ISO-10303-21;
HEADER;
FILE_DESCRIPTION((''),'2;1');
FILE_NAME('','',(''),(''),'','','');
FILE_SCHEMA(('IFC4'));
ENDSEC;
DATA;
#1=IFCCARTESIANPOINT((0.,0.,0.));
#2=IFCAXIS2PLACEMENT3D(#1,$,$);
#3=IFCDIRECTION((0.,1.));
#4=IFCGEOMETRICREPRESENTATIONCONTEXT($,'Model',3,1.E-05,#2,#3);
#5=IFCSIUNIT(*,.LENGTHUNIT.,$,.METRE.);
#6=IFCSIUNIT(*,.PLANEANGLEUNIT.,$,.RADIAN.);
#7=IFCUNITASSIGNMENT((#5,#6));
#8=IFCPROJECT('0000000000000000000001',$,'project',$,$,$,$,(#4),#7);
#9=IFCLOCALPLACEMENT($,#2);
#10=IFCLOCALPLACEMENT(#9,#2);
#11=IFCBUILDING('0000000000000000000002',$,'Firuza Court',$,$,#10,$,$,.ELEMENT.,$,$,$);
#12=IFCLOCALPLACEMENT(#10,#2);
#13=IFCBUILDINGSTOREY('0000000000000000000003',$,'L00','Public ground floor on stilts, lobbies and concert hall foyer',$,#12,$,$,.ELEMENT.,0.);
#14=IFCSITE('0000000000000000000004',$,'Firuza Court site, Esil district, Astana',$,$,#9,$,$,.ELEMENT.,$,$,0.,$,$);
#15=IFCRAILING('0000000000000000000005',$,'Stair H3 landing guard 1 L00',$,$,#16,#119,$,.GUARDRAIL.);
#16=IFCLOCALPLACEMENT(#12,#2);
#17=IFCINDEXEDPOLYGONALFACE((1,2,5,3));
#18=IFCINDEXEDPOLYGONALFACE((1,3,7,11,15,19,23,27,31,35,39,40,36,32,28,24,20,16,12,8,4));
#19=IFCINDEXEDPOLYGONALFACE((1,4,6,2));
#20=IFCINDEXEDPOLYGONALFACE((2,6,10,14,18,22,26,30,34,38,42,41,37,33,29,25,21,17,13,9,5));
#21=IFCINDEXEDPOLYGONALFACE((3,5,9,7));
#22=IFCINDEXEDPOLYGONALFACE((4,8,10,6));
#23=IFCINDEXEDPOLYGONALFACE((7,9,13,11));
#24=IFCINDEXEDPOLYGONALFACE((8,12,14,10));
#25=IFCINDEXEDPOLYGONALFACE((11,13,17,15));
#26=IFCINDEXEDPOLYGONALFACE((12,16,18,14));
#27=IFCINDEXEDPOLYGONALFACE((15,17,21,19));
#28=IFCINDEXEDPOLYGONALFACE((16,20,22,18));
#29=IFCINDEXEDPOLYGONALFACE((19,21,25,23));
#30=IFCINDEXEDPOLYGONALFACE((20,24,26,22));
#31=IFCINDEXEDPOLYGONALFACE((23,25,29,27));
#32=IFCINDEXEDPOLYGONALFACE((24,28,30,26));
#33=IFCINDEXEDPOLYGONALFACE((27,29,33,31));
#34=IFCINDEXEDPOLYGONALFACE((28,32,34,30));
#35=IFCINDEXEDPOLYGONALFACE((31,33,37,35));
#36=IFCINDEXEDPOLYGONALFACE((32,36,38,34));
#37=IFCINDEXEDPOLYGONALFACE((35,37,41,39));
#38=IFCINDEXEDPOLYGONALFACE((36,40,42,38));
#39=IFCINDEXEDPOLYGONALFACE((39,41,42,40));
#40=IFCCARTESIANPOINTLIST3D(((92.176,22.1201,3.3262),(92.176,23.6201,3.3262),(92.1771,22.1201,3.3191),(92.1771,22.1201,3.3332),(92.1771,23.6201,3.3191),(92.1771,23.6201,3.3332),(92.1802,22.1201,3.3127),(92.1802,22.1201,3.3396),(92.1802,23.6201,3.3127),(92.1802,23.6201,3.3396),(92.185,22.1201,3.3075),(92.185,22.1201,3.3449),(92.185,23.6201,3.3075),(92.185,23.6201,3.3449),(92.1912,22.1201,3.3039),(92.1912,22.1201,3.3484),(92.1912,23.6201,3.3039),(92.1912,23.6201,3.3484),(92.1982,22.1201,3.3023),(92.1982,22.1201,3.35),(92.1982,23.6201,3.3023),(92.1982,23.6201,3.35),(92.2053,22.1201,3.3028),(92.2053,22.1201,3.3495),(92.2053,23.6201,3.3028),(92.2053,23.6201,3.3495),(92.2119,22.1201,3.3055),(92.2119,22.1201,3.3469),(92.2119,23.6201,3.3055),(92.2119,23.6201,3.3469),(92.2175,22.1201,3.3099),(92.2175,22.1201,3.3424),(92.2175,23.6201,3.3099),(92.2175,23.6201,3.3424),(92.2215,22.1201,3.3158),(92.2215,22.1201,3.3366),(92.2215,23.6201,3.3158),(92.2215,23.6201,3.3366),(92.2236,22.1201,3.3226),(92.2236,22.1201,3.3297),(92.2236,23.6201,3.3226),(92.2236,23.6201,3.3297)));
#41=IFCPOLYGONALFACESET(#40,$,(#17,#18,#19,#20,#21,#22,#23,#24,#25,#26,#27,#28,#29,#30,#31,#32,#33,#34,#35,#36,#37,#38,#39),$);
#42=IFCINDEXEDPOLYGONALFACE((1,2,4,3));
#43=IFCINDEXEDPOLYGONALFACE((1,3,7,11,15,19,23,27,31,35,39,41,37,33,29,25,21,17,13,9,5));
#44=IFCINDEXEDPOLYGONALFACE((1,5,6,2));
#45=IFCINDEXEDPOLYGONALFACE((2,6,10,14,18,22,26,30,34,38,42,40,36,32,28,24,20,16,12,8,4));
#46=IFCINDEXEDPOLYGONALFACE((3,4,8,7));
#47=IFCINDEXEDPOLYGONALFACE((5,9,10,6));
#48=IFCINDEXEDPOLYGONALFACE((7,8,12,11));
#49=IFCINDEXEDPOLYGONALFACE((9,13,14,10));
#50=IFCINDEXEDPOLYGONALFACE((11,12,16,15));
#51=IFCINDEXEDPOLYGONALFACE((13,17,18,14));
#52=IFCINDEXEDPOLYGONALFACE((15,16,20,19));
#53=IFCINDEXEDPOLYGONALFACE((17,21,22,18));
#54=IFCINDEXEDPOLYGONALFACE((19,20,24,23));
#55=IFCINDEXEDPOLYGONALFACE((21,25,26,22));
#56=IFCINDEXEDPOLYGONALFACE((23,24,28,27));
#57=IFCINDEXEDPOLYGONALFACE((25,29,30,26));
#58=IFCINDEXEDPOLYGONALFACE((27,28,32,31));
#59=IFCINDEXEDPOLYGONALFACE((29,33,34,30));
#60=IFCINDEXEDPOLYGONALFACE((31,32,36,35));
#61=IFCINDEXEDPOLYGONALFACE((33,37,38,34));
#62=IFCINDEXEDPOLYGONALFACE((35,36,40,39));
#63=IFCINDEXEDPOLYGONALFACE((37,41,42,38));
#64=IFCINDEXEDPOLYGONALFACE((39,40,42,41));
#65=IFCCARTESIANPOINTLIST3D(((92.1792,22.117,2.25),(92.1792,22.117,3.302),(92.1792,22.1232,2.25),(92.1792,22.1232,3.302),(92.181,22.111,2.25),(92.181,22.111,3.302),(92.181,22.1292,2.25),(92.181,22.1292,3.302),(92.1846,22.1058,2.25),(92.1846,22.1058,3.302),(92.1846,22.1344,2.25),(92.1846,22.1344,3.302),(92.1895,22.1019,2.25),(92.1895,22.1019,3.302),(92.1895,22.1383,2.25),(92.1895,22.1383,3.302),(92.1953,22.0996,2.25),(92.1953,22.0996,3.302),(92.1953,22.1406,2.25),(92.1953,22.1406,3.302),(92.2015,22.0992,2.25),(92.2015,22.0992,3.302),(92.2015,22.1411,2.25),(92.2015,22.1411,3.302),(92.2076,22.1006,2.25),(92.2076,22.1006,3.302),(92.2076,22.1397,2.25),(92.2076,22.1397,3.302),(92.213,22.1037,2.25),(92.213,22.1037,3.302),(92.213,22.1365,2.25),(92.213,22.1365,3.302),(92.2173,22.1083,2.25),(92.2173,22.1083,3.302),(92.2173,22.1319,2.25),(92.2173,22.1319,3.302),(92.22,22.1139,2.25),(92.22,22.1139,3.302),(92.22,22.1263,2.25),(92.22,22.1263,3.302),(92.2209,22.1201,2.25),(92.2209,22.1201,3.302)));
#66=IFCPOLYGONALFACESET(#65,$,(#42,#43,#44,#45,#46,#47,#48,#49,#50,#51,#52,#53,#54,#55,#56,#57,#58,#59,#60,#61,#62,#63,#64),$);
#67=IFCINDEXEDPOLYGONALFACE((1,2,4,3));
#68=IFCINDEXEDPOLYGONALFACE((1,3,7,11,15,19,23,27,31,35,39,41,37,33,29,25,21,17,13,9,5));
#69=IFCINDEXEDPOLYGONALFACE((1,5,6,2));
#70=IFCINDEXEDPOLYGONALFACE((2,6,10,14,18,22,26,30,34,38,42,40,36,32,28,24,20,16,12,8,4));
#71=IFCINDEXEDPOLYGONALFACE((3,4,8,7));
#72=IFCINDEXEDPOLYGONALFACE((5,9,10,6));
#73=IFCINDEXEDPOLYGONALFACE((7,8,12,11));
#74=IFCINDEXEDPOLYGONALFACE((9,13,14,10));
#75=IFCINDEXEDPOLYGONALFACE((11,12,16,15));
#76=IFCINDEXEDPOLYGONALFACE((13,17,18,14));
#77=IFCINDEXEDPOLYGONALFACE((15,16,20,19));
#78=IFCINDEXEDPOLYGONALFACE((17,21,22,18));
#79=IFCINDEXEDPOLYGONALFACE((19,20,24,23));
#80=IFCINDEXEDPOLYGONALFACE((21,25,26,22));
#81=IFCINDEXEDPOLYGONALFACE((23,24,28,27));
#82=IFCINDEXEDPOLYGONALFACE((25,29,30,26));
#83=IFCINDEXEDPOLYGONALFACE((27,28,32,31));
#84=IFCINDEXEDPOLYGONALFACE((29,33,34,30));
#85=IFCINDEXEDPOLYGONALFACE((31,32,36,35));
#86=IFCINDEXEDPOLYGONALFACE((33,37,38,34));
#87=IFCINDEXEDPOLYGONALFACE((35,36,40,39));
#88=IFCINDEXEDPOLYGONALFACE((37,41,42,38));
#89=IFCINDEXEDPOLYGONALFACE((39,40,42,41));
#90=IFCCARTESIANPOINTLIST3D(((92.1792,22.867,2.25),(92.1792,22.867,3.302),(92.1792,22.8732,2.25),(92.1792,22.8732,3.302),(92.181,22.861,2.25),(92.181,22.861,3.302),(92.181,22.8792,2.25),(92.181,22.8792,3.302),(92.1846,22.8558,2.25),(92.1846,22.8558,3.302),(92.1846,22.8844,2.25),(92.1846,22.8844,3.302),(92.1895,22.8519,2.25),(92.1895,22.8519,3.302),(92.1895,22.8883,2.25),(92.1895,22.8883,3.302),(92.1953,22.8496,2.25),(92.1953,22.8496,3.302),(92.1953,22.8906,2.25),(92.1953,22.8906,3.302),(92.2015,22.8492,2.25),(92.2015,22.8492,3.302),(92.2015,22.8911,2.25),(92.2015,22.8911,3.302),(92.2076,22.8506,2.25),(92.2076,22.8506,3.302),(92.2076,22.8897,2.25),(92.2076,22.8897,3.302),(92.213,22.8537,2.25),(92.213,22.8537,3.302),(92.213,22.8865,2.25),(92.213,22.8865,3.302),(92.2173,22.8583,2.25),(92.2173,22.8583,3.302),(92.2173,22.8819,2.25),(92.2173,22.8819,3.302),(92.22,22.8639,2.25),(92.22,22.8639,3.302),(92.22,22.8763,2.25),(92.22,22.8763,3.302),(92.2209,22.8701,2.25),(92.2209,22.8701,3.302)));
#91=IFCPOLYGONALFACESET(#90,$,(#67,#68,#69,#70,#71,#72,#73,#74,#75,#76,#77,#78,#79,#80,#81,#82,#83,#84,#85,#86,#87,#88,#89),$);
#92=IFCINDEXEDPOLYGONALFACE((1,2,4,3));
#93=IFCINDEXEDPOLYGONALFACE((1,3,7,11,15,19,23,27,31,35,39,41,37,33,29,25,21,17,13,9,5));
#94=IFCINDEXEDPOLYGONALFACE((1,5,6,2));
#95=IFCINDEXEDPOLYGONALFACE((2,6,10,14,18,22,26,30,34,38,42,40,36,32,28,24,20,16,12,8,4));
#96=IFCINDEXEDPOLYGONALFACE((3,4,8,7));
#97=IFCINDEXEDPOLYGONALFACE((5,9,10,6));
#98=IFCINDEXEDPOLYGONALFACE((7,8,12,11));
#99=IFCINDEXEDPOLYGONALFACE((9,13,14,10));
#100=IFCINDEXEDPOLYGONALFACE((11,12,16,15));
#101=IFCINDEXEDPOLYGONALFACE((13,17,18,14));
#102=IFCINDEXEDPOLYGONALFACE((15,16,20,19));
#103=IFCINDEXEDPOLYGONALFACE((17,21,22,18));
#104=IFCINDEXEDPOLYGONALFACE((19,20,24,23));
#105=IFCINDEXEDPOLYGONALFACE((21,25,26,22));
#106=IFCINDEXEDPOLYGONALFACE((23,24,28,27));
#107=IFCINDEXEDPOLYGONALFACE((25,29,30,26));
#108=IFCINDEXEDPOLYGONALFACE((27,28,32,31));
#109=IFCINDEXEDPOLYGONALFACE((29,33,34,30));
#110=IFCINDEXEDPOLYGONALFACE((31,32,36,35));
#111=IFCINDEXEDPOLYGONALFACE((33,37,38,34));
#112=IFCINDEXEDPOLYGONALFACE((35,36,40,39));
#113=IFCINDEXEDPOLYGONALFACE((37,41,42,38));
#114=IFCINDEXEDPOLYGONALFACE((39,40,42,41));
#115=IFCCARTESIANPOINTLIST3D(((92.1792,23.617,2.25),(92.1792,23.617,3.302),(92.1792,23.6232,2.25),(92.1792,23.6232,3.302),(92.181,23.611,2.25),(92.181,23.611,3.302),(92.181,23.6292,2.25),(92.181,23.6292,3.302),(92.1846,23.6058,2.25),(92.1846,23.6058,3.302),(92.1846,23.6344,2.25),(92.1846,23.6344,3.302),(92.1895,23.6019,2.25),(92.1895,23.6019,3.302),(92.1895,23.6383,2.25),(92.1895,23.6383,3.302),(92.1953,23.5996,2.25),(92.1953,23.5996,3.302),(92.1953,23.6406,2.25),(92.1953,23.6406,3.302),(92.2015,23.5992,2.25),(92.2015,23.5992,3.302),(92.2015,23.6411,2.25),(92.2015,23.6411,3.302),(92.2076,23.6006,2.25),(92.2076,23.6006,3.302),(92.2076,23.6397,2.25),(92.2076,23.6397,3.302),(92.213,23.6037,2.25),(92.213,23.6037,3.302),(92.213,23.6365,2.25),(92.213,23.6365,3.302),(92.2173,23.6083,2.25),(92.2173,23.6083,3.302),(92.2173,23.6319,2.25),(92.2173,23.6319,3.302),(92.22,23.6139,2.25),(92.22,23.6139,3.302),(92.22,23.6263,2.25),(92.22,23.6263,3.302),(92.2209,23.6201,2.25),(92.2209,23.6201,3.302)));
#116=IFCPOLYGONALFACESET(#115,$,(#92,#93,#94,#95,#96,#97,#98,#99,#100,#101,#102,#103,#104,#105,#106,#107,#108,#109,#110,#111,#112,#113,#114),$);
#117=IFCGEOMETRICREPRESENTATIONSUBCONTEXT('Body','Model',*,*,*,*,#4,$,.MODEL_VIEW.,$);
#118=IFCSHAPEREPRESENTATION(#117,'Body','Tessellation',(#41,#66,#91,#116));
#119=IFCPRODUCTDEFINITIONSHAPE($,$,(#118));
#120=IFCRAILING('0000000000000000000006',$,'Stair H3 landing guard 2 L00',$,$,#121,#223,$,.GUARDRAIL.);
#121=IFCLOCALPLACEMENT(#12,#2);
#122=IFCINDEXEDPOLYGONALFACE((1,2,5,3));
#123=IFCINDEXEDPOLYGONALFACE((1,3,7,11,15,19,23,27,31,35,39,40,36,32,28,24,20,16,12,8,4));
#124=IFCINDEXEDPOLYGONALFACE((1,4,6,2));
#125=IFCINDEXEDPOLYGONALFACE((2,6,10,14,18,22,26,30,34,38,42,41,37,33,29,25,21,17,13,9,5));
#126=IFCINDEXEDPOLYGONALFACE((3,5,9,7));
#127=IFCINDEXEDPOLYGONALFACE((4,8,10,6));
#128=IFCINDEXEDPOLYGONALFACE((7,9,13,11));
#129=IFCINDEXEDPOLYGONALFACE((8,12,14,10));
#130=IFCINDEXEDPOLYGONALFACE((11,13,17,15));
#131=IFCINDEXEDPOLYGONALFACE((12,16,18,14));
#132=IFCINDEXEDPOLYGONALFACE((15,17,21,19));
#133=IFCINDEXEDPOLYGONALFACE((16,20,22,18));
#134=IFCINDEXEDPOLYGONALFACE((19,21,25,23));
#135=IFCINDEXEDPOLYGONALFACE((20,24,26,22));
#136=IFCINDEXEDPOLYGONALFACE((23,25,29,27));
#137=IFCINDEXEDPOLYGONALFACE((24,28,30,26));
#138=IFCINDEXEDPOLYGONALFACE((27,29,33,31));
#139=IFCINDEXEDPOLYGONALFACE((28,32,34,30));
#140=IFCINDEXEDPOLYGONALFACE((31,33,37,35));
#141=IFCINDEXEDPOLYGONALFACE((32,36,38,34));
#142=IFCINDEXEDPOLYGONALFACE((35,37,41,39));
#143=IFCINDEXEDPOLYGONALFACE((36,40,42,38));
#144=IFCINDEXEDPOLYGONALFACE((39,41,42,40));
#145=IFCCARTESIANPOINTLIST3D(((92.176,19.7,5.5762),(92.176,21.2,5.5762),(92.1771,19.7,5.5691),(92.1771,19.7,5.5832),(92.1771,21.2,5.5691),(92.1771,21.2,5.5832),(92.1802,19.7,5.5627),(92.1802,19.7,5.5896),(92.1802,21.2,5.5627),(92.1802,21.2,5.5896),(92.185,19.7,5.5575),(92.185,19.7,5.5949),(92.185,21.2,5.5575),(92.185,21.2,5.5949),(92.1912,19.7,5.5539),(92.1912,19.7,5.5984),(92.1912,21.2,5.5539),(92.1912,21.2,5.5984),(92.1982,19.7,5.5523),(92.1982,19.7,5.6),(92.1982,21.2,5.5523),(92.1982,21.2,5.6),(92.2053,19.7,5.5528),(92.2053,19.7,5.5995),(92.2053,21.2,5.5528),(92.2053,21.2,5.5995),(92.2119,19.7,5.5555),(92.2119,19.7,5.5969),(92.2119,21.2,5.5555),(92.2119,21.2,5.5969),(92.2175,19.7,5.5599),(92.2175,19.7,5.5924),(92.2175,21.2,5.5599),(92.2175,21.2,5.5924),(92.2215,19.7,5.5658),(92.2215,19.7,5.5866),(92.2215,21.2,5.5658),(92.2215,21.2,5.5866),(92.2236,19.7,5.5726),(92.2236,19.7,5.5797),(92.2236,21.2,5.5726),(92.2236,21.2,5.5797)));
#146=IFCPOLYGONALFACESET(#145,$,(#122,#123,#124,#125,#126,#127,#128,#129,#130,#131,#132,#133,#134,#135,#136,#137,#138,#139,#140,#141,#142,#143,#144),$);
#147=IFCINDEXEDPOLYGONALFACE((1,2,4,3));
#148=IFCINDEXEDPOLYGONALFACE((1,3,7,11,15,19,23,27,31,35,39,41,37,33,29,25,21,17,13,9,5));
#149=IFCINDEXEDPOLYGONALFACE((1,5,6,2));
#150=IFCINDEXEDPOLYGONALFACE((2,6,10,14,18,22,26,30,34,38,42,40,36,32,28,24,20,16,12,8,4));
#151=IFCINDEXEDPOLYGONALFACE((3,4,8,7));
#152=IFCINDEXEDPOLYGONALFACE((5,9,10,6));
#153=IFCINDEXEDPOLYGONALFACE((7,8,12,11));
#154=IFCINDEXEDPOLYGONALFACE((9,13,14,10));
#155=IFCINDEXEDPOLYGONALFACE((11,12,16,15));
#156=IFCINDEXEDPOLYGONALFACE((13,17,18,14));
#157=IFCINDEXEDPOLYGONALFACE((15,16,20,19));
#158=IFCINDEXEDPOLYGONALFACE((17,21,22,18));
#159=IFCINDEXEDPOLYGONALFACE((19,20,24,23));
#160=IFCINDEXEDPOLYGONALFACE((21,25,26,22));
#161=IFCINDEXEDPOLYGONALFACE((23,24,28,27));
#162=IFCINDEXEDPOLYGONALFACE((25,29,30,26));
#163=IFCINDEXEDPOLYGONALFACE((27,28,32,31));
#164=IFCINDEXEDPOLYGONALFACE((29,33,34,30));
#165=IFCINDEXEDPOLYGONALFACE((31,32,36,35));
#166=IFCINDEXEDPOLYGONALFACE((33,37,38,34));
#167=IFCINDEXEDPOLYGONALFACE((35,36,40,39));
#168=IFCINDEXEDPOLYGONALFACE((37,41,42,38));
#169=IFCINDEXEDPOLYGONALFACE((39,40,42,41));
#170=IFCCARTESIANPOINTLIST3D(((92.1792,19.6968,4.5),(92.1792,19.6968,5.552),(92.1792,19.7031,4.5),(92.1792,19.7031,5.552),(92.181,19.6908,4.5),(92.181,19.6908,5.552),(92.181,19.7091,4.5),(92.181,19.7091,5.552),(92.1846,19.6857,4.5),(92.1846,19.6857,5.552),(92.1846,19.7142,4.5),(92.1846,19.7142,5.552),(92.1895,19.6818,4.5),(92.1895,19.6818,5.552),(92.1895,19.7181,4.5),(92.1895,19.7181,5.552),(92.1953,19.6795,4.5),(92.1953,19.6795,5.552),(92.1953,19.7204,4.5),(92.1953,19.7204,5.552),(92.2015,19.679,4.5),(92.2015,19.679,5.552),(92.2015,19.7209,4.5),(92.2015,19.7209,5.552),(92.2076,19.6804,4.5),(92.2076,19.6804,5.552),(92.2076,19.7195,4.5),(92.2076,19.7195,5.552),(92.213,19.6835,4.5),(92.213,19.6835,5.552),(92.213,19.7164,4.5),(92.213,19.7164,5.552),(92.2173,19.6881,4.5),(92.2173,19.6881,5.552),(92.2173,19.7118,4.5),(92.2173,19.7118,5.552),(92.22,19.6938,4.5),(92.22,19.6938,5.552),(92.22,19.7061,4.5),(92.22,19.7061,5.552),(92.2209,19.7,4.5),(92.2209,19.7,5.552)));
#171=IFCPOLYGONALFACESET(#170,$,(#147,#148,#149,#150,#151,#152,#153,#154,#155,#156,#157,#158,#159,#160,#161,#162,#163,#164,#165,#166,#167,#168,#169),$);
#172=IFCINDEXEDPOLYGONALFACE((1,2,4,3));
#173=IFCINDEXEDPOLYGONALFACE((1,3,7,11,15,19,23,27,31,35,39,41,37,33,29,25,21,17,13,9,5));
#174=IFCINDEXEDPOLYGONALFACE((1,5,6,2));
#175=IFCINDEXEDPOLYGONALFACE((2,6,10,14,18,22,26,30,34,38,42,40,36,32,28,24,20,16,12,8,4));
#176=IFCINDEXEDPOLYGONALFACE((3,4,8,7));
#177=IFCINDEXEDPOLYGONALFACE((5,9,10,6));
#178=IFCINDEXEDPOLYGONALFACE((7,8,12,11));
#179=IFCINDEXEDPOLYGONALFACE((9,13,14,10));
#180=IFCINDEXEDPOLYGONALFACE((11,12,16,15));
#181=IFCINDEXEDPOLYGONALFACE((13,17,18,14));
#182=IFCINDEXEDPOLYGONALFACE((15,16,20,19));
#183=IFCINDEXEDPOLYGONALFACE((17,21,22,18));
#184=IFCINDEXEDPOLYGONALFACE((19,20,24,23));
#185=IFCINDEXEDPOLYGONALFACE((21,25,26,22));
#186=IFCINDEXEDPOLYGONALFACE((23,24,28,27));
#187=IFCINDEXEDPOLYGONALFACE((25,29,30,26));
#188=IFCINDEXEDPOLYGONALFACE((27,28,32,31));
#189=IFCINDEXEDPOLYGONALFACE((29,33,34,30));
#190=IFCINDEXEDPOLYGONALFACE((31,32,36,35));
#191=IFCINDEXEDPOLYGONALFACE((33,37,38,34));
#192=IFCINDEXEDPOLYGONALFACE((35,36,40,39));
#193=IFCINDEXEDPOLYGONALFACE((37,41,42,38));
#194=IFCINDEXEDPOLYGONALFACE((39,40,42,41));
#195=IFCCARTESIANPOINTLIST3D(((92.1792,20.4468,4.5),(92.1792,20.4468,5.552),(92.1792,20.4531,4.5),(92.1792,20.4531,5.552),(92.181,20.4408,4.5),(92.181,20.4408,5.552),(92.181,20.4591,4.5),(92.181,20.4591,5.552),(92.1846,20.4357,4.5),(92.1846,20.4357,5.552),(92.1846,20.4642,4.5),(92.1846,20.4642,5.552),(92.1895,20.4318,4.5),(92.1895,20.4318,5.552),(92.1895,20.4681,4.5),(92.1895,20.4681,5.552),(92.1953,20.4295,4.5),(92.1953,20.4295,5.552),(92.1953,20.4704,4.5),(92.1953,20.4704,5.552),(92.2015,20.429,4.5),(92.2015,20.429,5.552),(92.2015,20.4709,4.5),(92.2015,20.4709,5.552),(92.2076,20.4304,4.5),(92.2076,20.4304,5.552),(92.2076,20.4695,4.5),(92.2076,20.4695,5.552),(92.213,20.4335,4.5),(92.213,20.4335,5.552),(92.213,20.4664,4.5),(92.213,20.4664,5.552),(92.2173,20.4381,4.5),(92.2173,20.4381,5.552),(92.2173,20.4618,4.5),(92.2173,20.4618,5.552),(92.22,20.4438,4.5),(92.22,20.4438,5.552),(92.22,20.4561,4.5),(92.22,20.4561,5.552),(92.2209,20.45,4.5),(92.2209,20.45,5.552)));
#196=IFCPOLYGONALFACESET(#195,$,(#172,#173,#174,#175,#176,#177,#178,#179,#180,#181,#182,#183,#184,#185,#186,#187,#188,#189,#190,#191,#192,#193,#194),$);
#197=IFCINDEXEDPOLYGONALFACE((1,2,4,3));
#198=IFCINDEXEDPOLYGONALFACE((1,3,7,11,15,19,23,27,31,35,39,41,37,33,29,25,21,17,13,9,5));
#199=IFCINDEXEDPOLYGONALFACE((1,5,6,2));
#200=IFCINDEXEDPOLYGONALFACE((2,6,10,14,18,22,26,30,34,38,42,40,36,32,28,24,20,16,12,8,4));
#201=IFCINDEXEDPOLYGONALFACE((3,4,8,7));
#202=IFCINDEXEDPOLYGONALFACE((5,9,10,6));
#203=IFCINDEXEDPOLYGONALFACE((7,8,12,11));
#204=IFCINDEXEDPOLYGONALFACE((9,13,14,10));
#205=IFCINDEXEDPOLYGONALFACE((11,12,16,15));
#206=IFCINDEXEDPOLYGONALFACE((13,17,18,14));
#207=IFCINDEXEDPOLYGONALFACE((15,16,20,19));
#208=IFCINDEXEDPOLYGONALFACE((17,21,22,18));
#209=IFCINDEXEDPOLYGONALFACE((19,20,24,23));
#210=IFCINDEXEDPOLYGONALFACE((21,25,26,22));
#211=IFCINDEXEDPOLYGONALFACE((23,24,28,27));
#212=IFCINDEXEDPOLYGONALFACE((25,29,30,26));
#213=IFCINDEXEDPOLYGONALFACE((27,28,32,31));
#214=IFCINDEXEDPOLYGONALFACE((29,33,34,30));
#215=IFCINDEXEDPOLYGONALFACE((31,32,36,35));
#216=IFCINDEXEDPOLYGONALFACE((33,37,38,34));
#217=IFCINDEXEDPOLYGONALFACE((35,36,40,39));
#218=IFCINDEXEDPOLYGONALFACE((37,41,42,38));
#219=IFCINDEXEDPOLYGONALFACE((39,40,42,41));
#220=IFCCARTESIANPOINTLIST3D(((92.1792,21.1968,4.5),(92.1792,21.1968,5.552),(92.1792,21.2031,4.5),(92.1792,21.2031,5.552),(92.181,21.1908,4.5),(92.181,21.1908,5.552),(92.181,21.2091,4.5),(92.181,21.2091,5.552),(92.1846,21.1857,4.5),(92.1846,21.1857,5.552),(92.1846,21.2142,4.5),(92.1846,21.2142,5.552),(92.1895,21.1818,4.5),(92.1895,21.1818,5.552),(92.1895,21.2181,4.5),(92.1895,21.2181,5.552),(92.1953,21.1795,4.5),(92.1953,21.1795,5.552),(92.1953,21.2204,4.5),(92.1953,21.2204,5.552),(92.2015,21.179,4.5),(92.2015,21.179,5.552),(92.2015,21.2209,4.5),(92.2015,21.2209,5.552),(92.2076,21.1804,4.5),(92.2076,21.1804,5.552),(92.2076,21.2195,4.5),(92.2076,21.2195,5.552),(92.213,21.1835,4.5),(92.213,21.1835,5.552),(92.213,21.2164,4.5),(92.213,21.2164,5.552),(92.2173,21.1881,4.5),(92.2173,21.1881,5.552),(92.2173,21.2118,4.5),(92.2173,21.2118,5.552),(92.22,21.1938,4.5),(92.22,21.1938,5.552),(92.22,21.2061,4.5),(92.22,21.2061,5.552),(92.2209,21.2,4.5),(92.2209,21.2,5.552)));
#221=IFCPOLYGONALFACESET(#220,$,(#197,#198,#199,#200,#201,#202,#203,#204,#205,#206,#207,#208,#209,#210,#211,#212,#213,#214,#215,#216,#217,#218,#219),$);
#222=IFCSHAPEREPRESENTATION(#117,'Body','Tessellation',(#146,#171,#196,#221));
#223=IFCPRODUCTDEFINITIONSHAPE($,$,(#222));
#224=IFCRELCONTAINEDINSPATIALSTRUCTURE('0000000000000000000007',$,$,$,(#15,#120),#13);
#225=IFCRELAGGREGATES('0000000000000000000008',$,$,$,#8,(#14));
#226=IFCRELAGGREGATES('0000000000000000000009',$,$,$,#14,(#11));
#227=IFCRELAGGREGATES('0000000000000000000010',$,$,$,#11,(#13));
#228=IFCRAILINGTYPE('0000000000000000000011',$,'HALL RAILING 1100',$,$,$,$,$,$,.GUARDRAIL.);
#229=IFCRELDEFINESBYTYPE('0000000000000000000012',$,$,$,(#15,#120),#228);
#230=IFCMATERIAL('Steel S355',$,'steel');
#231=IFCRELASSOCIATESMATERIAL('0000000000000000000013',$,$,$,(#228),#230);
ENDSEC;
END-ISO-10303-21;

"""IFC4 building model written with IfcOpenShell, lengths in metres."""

from ifc_helpers import new_model, si_unit, direction, frame, origin, origin_2d, place, context, subcontext, project, spatial, circle, extrude, material, type_object, element, save


model = new_model("IFC4")

# Units and contexts
model_context = context("Model", 3, precision=1e-05, world=origin(), true_north=direction((0.0, 1.0)))
body_context = subcontext(model_context, "Body", "Model", "MODEL_VIEW")
ifc_project = project(units=[si_unit("LENGTHUNIT", "METRE"), si_unit("PLANEANGLEUNIT", "RADIAN")], contexts=[model_context])

# Site, building, storey
site_placement = place(None, origin())
site = spatial("IfcSite", under=ifc_project, at=site_placement, Name="Firuza Court site, Esil district, Astana", CompositionType="ELEMENT", RefElevation=0.0)
building_placement = place(site_placement, origin())
building = spatial("IfcBuilding", under=site, at=building_placement, Name="Firuza Court", CompositionType="ELEMENT")
storey_placement = place(building_placement, origin())
storey = spatial("IfcBuildingStorey", under=building, at=storey_placement, Name="L00", Description="Public ground floor on stilts, lobbies and concert hall foyer", CompositionType="ELEMENT", Elevation=0.0)

# Railings
ifc_material_1 = material(Name="Steel S355", Category="steel")
railing_type_1 = type_object("IfcRailingType", Name="HALL RAILING 1100", PredefinedType="GUARDRAIL", material=ifc_material_1)
for number, where, name in (
    (1, (92.2, 22.1201, 2.25), "Stair H3 landing guard 1 L00"),
    (2, (92.2, 19.7, 4.5), "Stair H3 landing guard 2 L00"),
):
    element("IfcRailing", number, at=place(storey_placement, frame(where)), inside=storey, type_object=railing_type_1, Name=name, PredefinedType="GUARDRAIL", context=body_context, shape_type="SweptSolid", body=[
        extrude(circle(Radius=0.0239, at=origin_2d()), frame((0.0, 0.0, 1.0762), z_axis=(0.0, 1.0, 0.0), x_axis=(-1.0, 0.0, 0.0)), (0.0, 0.0, 1.0), 1.5),
        extrude(circle(Radius=0.021, at=origin_2d()), origin(), (0.0, 0.0, 1.0), 1.052),
        extrude(circle(Radius=0.021, at=origin_2d()), frame((0.0, 0.75, 0.0)), (0.0, 0.0, 1.0), 1.052),
        extrude(circle(Radius=0.021, at=origin_2d()), frame((0.0, 1.5, 0.0)), (0.0, 0.0, 1.0), 1.052),
    ])

save(model, "model.ifc")
